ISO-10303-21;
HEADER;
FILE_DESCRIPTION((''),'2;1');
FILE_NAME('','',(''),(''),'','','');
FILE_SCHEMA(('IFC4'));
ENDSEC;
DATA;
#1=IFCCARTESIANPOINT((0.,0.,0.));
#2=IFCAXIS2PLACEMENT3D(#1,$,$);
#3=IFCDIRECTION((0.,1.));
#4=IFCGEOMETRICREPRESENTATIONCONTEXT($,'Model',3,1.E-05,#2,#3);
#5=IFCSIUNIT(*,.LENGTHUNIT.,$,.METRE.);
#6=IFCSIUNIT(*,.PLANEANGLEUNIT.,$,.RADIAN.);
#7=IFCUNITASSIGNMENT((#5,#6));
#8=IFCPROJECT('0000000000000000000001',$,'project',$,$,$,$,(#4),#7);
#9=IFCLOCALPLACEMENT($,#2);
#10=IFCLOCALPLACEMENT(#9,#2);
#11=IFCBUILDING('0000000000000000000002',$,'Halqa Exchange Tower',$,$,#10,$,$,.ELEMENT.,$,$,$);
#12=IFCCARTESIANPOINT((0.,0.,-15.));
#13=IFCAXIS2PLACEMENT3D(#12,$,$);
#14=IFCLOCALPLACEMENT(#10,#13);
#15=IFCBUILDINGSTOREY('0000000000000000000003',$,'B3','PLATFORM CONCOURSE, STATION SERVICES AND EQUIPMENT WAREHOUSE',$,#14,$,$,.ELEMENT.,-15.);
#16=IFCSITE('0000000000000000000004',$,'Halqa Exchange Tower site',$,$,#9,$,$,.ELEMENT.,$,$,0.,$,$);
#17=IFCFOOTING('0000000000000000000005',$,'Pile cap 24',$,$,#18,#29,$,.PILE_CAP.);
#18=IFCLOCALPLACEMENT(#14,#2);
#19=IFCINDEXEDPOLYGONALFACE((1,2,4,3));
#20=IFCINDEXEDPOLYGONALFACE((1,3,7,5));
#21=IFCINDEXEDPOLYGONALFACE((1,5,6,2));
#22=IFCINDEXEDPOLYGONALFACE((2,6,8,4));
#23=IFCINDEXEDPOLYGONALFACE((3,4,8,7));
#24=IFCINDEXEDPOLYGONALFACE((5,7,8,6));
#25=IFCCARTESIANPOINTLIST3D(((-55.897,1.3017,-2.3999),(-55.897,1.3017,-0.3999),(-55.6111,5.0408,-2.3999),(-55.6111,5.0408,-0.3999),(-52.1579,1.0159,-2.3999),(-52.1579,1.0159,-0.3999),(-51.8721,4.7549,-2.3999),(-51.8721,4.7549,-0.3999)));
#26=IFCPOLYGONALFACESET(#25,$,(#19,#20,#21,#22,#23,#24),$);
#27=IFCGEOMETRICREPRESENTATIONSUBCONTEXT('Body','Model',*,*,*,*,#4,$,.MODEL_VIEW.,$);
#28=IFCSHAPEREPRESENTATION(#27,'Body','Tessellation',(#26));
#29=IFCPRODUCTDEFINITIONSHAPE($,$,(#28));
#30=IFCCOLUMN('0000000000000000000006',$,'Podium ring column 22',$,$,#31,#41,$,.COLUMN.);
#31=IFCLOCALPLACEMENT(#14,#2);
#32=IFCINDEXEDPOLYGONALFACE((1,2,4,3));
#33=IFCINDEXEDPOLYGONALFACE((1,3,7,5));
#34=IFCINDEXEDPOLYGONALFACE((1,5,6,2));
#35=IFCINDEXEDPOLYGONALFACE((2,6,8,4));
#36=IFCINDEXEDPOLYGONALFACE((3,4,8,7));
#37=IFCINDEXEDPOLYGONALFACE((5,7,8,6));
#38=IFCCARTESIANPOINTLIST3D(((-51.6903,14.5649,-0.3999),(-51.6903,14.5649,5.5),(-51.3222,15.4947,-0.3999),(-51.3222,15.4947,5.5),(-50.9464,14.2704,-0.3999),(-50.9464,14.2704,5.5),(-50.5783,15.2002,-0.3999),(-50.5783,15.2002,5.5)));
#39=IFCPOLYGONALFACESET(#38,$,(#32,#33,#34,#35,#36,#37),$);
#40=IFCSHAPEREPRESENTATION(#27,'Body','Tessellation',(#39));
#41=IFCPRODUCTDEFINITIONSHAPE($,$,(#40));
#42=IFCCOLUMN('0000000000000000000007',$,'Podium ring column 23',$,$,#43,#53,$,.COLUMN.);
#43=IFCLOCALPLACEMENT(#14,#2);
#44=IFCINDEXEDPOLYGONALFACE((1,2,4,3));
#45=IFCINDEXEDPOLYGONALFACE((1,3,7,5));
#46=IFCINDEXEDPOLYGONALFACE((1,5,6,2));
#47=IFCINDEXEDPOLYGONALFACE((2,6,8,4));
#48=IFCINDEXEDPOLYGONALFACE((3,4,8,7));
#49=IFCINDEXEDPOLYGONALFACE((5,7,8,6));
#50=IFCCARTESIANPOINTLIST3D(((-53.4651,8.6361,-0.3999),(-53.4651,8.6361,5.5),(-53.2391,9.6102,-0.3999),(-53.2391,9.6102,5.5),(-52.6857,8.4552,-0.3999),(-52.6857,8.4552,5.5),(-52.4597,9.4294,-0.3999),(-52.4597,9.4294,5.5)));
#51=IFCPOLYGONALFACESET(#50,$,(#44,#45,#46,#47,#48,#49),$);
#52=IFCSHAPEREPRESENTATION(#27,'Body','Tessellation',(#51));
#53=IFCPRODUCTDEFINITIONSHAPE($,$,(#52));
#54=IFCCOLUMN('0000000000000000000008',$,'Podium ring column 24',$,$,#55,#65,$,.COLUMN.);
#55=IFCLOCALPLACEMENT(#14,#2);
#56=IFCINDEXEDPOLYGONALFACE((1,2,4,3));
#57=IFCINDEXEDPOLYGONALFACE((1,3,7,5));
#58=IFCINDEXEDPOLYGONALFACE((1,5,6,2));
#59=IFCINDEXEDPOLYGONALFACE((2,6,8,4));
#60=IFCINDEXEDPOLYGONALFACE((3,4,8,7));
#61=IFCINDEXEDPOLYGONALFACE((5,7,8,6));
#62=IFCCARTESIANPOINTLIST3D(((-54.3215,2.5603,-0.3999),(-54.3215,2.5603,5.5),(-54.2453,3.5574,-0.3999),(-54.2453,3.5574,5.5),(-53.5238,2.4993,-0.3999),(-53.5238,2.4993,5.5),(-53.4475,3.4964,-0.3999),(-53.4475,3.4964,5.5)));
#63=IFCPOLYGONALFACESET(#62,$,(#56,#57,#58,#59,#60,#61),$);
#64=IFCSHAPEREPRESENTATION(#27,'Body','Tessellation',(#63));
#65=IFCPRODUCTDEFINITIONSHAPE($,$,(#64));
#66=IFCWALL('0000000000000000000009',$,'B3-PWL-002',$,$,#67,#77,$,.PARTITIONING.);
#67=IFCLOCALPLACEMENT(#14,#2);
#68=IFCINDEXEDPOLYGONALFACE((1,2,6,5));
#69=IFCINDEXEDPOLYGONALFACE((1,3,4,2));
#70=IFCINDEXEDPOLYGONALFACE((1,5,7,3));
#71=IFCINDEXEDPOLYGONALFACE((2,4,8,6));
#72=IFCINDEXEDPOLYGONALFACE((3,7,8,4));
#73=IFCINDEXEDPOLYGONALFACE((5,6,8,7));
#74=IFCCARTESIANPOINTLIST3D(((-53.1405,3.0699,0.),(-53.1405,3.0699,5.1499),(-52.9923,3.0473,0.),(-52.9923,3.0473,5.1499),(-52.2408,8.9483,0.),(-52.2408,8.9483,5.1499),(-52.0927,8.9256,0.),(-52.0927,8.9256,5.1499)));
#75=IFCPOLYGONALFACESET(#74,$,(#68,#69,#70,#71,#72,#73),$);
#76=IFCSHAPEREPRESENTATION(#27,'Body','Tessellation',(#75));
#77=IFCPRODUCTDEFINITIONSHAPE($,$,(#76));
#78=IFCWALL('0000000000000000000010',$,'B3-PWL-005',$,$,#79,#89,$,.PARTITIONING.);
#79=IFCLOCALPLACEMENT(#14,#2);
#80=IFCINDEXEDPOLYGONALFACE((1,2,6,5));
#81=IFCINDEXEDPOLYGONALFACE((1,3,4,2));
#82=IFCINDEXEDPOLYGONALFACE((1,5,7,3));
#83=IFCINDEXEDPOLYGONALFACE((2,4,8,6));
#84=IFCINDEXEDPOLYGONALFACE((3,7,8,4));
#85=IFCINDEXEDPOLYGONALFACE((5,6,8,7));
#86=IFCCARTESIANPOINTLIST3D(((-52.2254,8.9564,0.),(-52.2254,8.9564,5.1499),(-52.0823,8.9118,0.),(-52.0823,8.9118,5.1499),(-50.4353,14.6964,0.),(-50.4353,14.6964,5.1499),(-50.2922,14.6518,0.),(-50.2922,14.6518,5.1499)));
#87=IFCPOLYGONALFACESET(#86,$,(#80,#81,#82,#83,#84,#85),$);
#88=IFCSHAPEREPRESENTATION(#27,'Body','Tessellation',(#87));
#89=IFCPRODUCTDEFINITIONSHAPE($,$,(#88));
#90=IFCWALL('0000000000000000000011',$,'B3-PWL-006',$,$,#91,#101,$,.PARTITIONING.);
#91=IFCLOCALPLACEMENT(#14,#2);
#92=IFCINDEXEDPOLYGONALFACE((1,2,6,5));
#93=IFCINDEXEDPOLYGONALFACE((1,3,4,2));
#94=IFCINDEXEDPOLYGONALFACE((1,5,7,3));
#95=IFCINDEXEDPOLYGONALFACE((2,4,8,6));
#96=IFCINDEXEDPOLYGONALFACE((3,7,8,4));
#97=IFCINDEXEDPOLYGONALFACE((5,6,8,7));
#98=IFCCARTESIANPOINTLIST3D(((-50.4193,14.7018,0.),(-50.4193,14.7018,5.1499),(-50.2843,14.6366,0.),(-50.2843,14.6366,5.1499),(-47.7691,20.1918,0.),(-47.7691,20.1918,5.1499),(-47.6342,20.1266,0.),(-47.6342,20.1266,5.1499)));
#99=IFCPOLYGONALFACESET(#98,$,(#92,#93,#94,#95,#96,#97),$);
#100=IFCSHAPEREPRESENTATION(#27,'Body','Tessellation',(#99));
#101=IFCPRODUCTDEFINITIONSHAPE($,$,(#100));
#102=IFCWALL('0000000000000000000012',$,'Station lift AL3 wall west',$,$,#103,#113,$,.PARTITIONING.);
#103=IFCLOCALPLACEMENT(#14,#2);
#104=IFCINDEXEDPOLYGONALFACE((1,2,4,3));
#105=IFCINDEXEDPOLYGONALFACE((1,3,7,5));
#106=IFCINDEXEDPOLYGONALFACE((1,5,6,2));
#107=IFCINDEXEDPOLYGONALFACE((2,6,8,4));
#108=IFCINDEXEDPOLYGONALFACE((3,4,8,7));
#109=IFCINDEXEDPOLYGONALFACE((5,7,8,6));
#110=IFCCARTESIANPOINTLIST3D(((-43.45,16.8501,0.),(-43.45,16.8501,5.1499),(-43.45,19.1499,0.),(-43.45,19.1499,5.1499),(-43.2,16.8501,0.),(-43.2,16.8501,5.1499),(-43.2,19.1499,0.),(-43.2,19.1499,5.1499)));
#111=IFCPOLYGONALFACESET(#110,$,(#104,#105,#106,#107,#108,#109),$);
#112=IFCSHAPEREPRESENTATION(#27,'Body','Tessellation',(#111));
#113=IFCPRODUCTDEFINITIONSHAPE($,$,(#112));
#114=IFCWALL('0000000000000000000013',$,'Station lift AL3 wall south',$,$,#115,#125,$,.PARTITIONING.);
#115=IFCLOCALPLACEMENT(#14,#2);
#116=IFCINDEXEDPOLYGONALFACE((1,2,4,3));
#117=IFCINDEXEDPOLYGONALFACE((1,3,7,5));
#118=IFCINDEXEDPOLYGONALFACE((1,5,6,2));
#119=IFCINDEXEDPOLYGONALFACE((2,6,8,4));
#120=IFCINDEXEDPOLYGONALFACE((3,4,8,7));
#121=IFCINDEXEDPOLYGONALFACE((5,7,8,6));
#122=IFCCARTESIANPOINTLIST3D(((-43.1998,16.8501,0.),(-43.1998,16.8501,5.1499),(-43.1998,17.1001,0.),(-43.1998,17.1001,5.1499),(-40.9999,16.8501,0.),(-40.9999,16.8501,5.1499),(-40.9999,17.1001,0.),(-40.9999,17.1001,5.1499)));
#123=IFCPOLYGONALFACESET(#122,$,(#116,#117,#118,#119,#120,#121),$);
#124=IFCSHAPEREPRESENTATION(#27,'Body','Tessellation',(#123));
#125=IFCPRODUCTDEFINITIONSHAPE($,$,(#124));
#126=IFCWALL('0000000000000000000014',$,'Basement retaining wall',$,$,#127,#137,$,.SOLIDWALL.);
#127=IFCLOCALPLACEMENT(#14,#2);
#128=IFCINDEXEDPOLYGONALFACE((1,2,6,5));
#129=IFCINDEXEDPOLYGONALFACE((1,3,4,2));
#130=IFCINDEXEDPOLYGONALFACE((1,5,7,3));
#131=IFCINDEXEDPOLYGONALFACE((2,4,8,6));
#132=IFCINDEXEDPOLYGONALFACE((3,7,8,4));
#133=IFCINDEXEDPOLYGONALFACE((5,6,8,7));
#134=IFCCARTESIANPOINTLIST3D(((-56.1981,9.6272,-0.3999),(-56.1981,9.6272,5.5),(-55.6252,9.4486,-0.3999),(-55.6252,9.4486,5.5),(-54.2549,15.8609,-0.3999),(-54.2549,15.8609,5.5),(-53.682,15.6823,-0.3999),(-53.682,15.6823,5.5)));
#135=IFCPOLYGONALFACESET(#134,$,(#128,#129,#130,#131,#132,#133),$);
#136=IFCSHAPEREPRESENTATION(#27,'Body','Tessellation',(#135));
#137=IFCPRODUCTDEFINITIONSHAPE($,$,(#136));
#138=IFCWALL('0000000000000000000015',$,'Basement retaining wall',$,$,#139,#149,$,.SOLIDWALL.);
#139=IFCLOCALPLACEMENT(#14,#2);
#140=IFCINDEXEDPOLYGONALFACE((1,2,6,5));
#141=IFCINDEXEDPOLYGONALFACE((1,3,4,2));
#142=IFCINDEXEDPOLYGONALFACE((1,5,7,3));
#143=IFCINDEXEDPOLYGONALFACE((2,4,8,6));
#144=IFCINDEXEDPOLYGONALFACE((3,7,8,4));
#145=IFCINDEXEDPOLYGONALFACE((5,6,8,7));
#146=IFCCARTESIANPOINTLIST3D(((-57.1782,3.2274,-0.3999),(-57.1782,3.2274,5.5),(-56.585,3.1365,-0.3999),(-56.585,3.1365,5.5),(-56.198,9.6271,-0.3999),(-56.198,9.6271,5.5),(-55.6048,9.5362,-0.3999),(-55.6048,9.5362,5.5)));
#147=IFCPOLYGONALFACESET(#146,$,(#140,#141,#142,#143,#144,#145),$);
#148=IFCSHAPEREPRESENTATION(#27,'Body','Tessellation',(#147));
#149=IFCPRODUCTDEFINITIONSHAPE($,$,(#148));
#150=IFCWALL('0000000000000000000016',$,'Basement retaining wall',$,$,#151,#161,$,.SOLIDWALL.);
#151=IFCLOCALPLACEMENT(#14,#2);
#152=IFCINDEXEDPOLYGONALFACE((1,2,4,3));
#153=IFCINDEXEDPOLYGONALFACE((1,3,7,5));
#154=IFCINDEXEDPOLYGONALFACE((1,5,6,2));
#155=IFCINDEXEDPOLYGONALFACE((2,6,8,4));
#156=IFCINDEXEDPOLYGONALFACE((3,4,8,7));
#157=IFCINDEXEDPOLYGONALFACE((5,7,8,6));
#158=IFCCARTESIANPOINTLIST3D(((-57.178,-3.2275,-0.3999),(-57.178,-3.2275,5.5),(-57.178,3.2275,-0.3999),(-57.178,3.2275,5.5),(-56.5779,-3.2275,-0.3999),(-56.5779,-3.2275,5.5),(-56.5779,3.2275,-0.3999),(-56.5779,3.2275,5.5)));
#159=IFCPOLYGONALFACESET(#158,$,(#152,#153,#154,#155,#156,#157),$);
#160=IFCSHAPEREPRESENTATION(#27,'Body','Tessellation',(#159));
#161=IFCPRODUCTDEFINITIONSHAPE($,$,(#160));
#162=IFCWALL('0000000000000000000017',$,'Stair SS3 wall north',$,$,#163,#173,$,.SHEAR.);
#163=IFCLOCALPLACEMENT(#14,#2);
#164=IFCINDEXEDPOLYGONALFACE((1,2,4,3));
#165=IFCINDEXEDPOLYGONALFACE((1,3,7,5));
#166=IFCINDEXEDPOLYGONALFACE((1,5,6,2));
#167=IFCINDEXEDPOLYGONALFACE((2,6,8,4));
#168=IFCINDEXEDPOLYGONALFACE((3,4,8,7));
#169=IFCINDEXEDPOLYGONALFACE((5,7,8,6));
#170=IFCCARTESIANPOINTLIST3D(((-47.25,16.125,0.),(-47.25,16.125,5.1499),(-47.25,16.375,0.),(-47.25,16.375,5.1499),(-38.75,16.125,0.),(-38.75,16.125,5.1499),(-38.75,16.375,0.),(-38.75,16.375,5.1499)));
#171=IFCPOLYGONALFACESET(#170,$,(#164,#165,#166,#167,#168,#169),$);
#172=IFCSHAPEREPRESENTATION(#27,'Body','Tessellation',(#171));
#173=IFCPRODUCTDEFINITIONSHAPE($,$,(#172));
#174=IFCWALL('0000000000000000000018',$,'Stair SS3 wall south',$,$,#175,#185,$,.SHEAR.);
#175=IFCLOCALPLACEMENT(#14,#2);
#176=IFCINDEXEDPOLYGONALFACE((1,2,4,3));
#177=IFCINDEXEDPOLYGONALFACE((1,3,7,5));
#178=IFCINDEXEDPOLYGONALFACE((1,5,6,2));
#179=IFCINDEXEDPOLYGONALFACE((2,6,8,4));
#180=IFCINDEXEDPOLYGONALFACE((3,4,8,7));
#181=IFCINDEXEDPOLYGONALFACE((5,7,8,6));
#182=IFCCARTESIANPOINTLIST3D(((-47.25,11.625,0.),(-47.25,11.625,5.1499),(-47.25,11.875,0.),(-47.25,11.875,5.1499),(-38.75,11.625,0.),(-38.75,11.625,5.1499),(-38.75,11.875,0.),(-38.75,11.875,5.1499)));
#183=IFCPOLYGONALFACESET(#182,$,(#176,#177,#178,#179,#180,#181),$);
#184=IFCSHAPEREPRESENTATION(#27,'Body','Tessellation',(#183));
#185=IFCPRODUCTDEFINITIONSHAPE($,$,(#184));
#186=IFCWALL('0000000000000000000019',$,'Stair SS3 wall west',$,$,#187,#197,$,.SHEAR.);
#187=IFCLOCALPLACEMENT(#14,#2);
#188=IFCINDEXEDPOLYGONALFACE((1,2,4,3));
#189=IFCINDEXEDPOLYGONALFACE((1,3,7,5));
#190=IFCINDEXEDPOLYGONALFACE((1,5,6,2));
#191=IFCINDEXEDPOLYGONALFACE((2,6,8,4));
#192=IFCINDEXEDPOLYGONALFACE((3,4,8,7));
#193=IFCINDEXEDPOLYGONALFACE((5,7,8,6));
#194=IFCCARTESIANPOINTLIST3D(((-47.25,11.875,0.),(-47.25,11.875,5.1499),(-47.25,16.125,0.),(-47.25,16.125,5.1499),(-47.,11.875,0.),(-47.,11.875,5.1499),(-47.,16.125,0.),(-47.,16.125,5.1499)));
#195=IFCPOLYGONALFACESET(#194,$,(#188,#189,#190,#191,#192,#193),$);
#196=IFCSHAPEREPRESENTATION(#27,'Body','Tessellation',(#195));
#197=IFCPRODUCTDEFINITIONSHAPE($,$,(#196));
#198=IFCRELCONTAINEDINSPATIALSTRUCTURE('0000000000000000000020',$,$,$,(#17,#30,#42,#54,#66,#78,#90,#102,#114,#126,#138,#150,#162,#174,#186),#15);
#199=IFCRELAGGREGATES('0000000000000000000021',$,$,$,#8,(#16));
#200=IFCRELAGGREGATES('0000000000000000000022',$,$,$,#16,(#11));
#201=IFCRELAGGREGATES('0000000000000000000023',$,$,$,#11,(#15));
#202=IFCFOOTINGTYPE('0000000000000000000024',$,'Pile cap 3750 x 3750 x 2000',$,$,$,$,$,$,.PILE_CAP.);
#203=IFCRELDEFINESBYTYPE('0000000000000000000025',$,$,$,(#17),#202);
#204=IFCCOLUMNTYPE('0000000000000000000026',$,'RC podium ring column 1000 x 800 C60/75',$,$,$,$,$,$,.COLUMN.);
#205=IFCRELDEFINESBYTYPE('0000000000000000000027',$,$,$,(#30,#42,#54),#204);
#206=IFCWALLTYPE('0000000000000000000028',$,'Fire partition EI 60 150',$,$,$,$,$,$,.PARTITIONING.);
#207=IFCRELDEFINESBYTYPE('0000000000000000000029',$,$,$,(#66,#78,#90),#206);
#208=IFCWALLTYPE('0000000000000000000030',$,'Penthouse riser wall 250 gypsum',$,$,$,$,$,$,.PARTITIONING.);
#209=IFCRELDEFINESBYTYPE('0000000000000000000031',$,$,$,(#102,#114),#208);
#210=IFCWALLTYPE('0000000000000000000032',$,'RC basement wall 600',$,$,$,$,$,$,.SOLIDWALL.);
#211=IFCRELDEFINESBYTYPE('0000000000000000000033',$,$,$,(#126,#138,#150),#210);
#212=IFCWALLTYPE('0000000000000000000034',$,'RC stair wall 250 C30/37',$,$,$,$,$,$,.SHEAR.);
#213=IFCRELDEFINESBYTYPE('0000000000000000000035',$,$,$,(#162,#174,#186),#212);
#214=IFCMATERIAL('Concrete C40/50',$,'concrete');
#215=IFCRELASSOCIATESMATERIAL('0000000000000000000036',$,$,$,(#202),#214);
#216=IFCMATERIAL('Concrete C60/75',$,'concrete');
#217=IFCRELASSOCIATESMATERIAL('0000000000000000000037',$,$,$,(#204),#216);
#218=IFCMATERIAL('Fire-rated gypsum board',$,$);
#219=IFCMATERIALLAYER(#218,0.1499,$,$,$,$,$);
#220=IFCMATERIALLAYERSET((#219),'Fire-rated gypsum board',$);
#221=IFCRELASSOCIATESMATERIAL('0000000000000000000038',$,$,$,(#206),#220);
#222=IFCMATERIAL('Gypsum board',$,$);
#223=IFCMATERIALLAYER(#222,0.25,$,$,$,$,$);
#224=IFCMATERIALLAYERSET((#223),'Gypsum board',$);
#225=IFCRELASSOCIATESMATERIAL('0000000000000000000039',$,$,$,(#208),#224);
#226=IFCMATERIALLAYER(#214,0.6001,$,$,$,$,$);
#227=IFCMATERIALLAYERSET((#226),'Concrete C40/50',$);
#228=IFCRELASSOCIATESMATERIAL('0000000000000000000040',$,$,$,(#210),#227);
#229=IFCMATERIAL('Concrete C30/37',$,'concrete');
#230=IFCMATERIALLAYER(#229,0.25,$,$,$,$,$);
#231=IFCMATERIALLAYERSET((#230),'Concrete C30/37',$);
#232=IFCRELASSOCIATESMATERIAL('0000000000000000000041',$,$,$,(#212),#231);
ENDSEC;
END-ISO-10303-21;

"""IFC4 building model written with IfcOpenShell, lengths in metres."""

from ifc_helpers import new_model, si_unit, direction, frame, frame_2d, origin, origin_2d, place, context, subcontext, project, spatial, rectangle, extrude, material, layer, layer_set, material_profile, profile_set, type_object, element, save


model = new_model("IFC4")

# Units and contexts
model_context = context("Model", 3, precision=1e-05, world=origin(), true_north=direction((0.0, 1.0)))
body_context = subcontext(model_context, "Body", "Model", "MODEL_VIEW")
ifc_project = project(units=[si_unit("LENGTHUNIT", "METRE"), si_unit("PLANEANGLEUNIT", "RADIAN")], contexts=[model_context])

# Site, building, storey
site_placement = place(None, origin())
site = spatial("IfcSite", under=ifc_project, at=site_placement, Name="Halqa Exchange Tower site", CompositionType="ELEMENT", RefElevation=0.0)
building_placement = place(site_placement, origin())
building = spatial("IfcBuilding", under=site, at=building_placement, Name="Halqa Exchange Tower", CompositionType="ELEMENT")
storey_placement = place(building_placement, frame((0.0, 0.0, -15.0)))
storey = spatial("IfcBuildingStorey", under=building, at=storey_placement, Name="B3", Description="PLATFORM CONCOURSE, STATION SERVICES AND EQUIPMENT WAREHOUSE", CompositionType="ELEMENT", Elevation=-15.0)

# Footing
ifc_material_1 = material(Name="Concrete C40/50", Category="concrete")
footing_type = type_object("IfcFootingType", Name="Pile cap 3750 x 3750 x 2000", PredefinedType="PILE_CAP", material=ifc_material_1)
for number, where, z_axis, x_axis, name in (
    (1, (-53.8845, 3.0283, -2.3999), (0.0, 0.0, 1.0), (-0.076223, -0.997091, 0.0), "Pile cap 24"),
):
    element("IfcFooting", number, at=place(storey_placement, frame(where, z_axis=z_axis, x_axis=x_axis)), inside=storey, type_object=footing_type, Name=name, PredefinedType="PILE_CAP", context=body_context, shape_type="SweptSolid", body=[
        extrude(rectangle(XDim=3.75, YDim=3.75, at=origin_2d()), origin(), (0.0, 0.0, 1.0), 2.0),
    ])

# Columns
ifc_material_2 = material(Name="Concrete C60/75", Category="concrete")
ifc_material_profile_1 = material_profile(ifc_material_2, rectangle(XDim=1.0, YDim=0.8, at=origin_2d()), Name="1000 x 800")
ifc_profile_set_1 = profile_set([ifc_material_profile_1], Name="Concrete C60/75")
column_type = type_object("IfcColumnType", Name="RC podium ring column 1000 x 800 C60/75", PredefinedType="COLUMN", material=ifc_profile_set_1)
for number, where, z_axis, x_axis, name in (
    (2, (-51.1343, 14.8826, -0.3999), (0.0, 0.0, 1.0), (-0.36811, -0.929782, 0.0), "Podium ring column 22"),
    (3, (-52.9624, 9.0327, -0.3999), (0.0, 0.0, 1.0), (-0.225997, -0.974128, 0.0), "Podium ring column 23"),
    (4, (-53.8845, 3.0283, -0.3999), (0.0, 0.0, 1.0), (-0.076223, -0.997091, 0.0), "Podium ring column 24"),
):
    element("IfcColumn", number, at=place(storey_placement, frame(where, z_axis=z_axis, x_axis=x_axis)), inside=storey, type_object=column_type, Name=name, PredefinedType="COLUMN", context=body_context, shape_type="SweptSolid", body=[
        extrude(rectangle(XDim=1.0, YDim=0.8, at=origin_2d()), origin(), (0.0, 0.0, 1.0), 5.8999),
    ])

# Walls
ifc_material_3 = material(Name="Fire-rated gypsum board")
ifc_layer_1 = layer(ifc_material_3, 0.1499)
ifc_layer_set_1 = layer_set([ifc_layer_1], Name="Fire-rated gypsum board")
wall_type_1 = type_object("IfcWallType", Name="Fire partition EI 60 150", PredefinedType="PARTITIONING", material=ifc_layer_set_1)
wall_1_placement = place(storey_placement, frame((-53.0664, 3.0586, 0.0), z_axis=(0.0, 0.0, 1.0), x_axis=(0.151283, 0.988491, 0.0)))
element("IfcWall", 5, at=wall_1_placement, inside=storey, type_object=wall_type_1, Name="B3-PWL-002", PredefinedType="PARTITIONING", context=body_context, shape_type="SweptSolid", body=[
    extrude(rectangle(XDim=5.9468, YDim=0.1499, at=frame_2d((2.9734, 0.0))), origin(), (0.0, 0.0, 1.0), 5.1499),
])
wall_2_placement = place(storey_placement, frame((-52.1538, 8.9341, 0.0), z_axis=(0.0, 0.0, 1.0), x_axis=(0.297713, 0.954655, 0.0)))
element("IfcWall", 6, at=wall_2_placement, inside=storey, type_object=wall_type_1, Name="B3-PWL-005", PredefinedType="PARTITIONING", context=body_context, shape_type="SweptSolid", body=[
    extrude(rectangle(XDim=6.0127, YDim=0.1499, at=frame_2d((3.0063, 0.0))), origin(), (0.0, 0.0, 1.0), 5.1499),
])
wall_3_placement = place(storey_placement, frame((-50.3518, 14.6692, 0.0), z_axis=(0.0, 0.0, 1.0), x_axis=(0.434723, 0.900564, 0.0)))
element("IfcWall", 7, at=wall_3_placement, inside=storey, type_object=wall_type_1, Name="B3-PWL-006", PredefinedType="PARTITIONING", context=body_context, shape_type="SweptSolid", body=[
    extrude(rectangle(XDim=6.0962, YDim=0.1499, at=frame_2d((3.0481, 0.0))), origin(), (0.0, 0.0, 1.0), 5.1499),
])
ifc_material_4 = material(Name="Gypsum board")
ifc_layer_2 = layer(ifc_material_4, 0.25)
ifc_layer_set_2 = layer_set([ifc_layer_2], Name="Gypsum board")
wall_type_2 = type_object("IfcWallType", Name="Penthouse riser wall 250 gypsum", PredefinedType="PARTITIONING", material=ifc_layer_set_2)
wall_4_placement = place(storey_placement, frame((-43.325, 16.8501, 0.0), z_axis=(0.0, 0.0, 1.0), x_axis=(0.0, 1.0, 0.0)))
element("IfcWall", 8, at=wall_4_placement, inside=storey, type_object=wall_type_2, Name="Station lift AL3 wall west", PredefinedType="PARTITIONING", context=body_context, shape_type="SweptSolid", body=[
    extrude(rectangle(XDim=2.2998, YDim=0.25, at=frame_2d((1.1499, 0.0))), origin(), (0.0, 0.0, 1.0), 5.1499),
])
wall_5_placement = place(storey_placement, frame((-43.2, 16.9751, 0.0), z_axis=(0.0, 0.0, 1.0), x_axis=(1.0, 0.0, 0.0)))
element("IfcWall", 9, at=wall_5_placement, inside=storey, type_object=wall_type_2, Name="Station lift AL3 wall south", PredefinedType="PARTITIONING", context=body_context, shape_type="SweptSolid", body=[
    extrude(rectangle(XDim=2.2, YDim=0.25, at=frame_2d((1.1001, 0.0))), origin(), (0.0, 0.0, 1.0), 5.1499),
])
ifc_layer_3 = layer(ifc_material_1, 0.6001)
ifc_layer_set_3 = layer_set([ifc_layer_3], Name="Concrete C40/50")
wall_type_3 = type_object("IfcWallType", Name="RC basement wall 600", PredefinedType="SOLIDWALL", material=ifc_layer_set_3)
wall_6_placement = place(storey_placement, frame((-53.9685, 15.7715, -0.3999), z_axis=(0.0, 0.0, 1.0), x_axis=(-0.297592, -0.954693, 0.0)))
element("IfcWall", 10, at=wall_6_placement, inside=storey, type_object=wall_type_3, Name="Basement retaining wall", PredefinedType="SOLIDWALL", context=body_context, shape_type="SweptSolid", body=[
    extrude(rectangle(XDim=6.5295, YDim=0.6001, at=frame_2d((3.2646, 0.0))), origin(), (0.0, 0.0, 1.0), 5.8999),
])
wall_7_placement = place(storey_placement, frame((-55.9014, 9.5818, -0.3999), z_axis=(0.0, 0.0, 1.0), x_axis=(-0.151403, -0.988472, 0.0)))
element("IfcWall", 11, at=wall_7_placement, inside=storey, type_object=wall_type_3, Name="Basement retaining wall", PredefinedType="SOLIDWALL", context=body_context, shape_type="SweptSolid", body=[
    extrude(rectangle(XDim=6.4744, YDim=0.6001, at=frame_2d((3.2373, 0.0))), origin(), (0.0, 0.0, 1.0), 5.8999),
])
wall_8_placement = place(storey_placement, frame((-56.8779, 3.2275, -0.3999), z_axis=(0.0, 0.0, 1.0), x_axis=(0.0, -1.0, 0.0)))
element("IfcWall", 12, at=wall_8_placement, inside=storey, type_object=wall_type_3, Name="Basement retaining wall", PredefinedType="SOLIDWALL", context=body_context, shape_type="SweptSolid", body=[
    extrude(rectangle(XDim=6.4551, YDim=0.6001, at=frame_2d((3.2275, 0.0))), origin(), (0.0, 0.0, 1.0), 5.8999),
])
ifc_material_5 = material(Name="Concrete C30/37", Category="concrete")
ifc_layer_4 = layer(ifc_material_5, 0.25)
ifc_layer_set_4 = layer_set([ifc_layer_4], Name="Concrete C30/37")
wall_type_4 = type_object("IfcWallType", Name="RC stair wall 250 C30/37", PredefinedType="SHEAR", material=ifc_layer_set_4)
for number, where, z_axis, x_axis, name in (
    (13, (-47.25, 16.25, 0.0), (0.0, 0.0, 1.0), (1.0, 0.0, 0.0), "Stair SS3 wall north"),
    (14, (-47.25, 11.75, 0.0), (0.0, 0.0, 1.0), (1.0, 0.0, 0.0), "Stair SS3 wall south"),
):
    element("IfcWall", number, at=place(storey_placement, frame(where, z_axis=z_axis, x_axis=x_axis)), inside=storey, type_object=wall_type_4, Name=name, PredefinedType="SHEAR", context=body_context, shape_type="SweptSolid", body=[
        extrude(rectangle(XDim=8.5, YDim=0.25, at=frame_2d((4.25, 0.0))), origin(), (0.0, 0.0, 1.0), 5.1499),
    ])
wall_9_placement = place(storey_placement, frame((-47.125, 11.875, 0.0), z_axis=(0.0, 0.0, 1.0), x_axis=(0.0, 1.0, 0.0)))
element("IfcWall", 15, at=wall_9_placement, inside=storey, type_object=wall_type_4, Name="Stair SS3 wall west", PredefinedType="SHEAR", context=body_context, shape_type="SweptSolid", body=[
    extrude(rectangle(XDim=4.25, YDim=0.25, at=frame_2d((2.125, 0.0))), origin(), (0.0, 0.0, 1.0), 5.1499),
])

save(model, "model.ifc")
